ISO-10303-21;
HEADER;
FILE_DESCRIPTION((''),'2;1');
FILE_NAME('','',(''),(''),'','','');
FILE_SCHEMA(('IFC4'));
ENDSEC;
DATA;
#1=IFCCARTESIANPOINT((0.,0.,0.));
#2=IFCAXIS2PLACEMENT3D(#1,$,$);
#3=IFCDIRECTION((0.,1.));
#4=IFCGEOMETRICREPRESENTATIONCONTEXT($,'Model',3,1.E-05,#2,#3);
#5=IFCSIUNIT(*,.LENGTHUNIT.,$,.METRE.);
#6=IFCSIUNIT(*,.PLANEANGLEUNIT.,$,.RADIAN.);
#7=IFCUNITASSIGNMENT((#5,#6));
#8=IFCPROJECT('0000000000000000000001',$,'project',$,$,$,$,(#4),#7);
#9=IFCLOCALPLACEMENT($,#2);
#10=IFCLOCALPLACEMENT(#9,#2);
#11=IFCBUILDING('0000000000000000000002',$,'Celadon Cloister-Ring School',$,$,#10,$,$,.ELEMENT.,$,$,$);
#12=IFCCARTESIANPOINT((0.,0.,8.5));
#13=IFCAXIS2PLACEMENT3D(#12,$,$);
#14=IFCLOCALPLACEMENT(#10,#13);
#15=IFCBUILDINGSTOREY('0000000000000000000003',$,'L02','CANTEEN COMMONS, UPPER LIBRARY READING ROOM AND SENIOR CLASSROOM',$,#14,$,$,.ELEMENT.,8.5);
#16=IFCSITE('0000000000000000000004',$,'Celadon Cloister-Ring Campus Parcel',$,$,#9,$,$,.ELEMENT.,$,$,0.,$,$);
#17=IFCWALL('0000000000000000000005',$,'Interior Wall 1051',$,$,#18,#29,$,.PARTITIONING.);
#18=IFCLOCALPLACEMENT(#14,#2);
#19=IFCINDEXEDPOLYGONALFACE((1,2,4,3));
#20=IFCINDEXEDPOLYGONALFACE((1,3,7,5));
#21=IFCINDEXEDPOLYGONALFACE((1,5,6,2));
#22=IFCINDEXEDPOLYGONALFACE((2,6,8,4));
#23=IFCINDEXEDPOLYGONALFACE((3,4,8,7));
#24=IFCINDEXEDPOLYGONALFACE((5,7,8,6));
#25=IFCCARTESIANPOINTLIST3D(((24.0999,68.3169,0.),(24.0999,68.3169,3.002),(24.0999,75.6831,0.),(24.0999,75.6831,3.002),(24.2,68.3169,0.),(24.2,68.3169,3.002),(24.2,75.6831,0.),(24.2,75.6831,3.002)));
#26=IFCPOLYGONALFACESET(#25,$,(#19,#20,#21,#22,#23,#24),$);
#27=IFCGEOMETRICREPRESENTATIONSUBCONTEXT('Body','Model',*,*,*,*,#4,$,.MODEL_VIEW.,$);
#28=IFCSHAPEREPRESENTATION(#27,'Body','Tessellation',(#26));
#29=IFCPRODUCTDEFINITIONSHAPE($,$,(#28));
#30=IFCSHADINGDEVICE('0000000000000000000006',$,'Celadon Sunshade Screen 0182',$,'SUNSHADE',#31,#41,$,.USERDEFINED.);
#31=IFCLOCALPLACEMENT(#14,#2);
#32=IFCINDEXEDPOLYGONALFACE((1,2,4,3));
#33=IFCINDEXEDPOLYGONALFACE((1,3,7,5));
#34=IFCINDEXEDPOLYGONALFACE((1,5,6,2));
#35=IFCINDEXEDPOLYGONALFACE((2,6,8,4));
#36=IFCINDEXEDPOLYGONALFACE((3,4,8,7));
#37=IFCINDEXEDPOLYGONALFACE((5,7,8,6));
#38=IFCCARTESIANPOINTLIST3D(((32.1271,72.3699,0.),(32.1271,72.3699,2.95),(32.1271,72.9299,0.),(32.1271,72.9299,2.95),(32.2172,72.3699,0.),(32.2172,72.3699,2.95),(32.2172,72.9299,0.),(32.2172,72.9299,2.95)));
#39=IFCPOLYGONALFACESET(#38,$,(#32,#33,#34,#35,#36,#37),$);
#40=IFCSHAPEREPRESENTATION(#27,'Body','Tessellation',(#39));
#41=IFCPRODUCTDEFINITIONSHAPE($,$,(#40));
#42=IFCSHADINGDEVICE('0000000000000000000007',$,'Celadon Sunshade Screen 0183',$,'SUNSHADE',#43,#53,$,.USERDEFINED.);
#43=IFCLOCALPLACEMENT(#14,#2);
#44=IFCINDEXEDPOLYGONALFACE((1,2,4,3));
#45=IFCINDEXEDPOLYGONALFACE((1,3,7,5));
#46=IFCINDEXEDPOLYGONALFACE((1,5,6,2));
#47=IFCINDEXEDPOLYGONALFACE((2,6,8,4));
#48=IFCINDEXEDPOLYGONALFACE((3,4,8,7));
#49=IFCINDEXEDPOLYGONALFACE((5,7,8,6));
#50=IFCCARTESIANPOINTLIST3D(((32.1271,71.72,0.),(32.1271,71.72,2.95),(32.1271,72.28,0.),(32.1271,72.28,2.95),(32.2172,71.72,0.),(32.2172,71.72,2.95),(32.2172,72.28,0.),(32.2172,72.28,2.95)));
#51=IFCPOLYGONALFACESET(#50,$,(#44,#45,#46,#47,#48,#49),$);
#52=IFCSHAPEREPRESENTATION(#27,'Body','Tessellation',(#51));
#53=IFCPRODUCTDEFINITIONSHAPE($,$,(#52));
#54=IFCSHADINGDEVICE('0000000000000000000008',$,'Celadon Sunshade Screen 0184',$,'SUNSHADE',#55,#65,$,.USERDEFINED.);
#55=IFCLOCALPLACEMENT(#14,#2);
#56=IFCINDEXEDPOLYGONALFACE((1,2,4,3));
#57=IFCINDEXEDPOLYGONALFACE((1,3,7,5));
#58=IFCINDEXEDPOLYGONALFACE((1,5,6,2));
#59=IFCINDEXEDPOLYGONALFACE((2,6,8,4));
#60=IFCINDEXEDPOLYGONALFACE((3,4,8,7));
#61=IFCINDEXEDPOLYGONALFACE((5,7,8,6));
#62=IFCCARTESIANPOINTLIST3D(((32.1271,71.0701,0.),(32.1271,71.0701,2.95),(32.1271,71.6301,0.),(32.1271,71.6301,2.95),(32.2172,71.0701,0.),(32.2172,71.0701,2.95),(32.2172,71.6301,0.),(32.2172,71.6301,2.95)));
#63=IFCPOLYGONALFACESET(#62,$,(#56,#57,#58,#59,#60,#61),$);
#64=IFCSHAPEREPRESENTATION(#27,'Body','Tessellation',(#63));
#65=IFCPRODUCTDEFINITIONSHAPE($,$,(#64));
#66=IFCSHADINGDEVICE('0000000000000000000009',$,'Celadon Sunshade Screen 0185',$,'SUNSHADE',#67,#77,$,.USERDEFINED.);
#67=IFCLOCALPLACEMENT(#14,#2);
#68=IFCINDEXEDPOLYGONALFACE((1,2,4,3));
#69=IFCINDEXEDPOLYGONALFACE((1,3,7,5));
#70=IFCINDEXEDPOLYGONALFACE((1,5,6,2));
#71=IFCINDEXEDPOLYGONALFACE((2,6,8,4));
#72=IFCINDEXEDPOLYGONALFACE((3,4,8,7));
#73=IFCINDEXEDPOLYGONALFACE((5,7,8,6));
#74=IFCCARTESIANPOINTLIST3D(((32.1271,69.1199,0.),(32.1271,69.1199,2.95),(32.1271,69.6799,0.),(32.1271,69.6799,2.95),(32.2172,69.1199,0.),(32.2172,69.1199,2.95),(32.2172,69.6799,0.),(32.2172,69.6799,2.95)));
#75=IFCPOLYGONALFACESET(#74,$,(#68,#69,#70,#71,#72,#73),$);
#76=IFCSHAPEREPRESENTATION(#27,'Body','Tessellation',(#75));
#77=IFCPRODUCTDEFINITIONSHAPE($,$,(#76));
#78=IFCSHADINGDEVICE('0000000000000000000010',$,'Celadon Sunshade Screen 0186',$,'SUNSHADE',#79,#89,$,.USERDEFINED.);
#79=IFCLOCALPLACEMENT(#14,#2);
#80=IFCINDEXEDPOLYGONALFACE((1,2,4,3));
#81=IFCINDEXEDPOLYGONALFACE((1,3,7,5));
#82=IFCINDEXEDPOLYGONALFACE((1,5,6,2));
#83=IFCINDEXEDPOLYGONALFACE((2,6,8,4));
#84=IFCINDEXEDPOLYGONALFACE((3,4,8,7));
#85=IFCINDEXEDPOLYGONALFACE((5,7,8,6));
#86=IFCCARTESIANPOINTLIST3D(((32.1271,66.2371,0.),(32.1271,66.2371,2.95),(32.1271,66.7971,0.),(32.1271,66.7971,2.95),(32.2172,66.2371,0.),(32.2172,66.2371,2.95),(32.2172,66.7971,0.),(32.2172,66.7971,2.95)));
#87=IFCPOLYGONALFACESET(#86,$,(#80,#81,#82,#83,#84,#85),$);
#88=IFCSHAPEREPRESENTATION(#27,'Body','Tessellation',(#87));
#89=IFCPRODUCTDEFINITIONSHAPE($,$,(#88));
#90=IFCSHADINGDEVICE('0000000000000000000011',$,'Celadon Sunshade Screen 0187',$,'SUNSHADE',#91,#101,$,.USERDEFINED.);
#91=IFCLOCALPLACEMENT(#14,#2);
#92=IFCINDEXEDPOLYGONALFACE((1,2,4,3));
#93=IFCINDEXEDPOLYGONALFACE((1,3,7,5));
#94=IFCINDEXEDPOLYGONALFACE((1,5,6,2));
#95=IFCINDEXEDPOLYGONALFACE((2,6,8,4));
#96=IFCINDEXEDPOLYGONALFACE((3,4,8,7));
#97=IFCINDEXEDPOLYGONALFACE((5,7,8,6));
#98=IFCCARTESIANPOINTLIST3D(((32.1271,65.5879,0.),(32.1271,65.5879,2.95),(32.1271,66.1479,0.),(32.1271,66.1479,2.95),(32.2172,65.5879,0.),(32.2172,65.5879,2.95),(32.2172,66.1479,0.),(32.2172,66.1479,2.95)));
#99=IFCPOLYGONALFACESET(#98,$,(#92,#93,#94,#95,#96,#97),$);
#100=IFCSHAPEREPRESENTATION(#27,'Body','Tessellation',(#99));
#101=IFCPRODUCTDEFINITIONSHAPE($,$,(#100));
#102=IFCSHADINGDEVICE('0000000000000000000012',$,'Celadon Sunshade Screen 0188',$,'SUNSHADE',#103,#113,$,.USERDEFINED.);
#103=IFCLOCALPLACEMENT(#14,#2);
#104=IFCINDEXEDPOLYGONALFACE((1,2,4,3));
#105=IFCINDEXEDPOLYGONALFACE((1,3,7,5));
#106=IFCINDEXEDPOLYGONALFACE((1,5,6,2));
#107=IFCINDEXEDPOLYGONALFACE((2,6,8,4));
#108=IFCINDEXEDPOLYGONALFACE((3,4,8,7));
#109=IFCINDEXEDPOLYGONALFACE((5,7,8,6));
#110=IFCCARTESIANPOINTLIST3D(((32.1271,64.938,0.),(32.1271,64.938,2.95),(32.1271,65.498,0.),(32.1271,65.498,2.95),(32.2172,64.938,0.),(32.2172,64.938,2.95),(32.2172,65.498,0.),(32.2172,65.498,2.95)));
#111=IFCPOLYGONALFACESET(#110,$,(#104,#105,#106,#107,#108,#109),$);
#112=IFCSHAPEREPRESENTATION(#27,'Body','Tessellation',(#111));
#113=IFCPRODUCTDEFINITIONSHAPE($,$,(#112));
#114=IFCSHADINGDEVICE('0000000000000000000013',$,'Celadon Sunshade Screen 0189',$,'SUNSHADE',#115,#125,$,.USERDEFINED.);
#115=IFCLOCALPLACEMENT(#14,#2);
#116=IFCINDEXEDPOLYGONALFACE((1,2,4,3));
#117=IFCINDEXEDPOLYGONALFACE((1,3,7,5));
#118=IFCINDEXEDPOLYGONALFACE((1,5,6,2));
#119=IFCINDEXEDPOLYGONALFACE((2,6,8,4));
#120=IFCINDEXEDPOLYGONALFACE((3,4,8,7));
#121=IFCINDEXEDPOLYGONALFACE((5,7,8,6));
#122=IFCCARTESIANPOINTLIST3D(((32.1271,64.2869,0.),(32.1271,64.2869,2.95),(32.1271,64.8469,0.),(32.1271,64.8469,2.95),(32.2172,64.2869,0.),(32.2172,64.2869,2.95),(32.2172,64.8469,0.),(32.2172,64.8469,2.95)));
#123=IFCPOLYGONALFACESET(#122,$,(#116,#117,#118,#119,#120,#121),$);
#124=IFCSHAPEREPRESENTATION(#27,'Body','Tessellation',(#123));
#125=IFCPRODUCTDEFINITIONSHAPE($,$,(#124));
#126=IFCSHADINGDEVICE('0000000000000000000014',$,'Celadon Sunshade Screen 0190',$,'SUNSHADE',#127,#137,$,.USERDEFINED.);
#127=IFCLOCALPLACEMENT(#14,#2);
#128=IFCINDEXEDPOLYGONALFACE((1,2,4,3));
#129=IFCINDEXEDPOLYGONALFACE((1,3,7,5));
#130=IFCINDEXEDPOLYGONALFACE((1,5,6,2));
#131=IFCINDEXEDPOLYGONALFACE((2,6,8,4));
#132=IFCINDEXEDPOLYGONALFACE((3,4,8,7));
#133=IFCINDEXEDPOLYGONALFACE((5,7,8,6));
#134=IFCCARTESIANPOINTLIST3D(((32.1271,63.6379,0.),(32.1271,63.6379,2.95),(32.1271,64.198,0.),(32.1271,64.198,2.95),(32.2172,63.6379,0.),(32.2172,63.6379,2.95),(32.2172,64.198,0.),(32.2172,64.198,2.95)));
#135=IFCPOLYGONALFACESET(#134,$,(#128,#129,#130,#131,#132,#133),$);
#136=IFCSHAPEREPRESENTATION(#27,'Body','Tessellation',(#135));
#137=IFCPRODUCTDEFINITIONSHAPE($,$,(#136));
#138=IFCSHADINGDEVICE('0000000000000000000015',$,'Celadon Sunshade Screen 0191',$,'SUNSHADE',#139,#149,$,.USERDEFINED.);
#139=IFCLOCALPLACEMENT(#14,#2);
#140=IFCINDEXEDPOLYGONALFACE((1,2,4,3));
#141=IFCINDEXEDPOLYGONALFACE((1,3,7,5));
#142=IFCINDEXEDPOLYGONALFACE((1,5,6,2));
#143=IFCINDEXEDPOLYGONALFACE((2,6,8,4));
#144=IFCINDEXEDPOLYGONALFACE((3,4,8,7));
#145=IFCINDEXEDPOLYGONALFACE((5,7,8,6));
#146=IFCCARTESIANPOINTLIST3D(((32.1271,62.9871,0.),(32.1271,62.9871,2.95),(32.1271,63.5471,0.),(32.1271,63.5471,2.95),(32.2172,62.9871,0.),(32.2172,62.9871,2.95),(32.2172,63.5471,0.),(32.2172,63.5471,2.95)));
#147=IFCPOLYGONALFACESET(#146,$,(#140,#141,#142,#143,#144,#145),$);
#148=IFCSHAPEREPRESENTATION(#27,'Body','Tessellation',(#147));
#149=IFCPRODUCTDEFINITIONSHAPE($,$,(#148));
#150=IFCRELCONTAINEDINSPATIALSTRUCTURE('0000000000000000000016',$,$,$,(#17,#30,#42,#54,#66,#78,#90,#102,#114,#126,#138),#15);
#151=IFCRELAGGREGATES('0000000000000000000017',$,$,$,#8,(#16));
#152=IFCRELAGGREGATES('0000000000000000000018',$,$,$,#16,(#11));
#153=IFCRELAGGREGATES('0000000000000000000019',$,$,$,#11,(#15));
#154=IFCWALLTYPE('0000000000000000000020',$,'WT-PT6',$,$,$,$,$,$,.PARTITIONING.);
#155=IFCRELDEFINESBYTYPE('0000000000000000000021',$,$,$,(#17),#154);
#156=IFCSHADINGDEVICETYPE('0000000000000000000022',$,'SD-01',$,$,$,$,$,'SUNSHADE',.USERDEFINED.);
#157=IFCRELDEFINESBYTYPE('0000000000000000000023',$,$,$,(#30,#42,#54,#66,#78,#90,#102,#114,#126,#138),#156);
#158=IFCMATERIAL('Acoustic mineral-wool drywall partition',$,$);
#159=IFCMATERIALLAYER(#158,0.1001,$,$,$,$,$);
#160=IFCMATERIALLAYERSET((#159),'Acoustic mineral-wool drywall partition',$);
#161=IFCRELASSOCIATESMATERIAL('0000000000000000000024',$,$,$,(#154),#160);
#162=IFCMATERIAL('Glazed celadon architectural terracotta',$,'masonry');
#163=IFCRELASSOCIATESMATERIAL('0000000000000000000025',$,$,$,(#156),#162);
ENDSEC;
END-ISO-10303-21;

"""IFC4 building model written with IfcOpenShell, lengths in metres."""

from ifc_helpers import new_model, si_unit, direction, frame, frame_2d, origin, origin_2d, place, context, subcontext, project, spatial, rectangle, extrude, material, layer, layer_set, type_object, element, save


model = new_model("IFC4")

# Units and contexts
model_context = context("Model", 3, precision=1e-05, world=origin(), true_north=direction((0.0, 1.0)))
body_context = subcontext(model_context, "Body", "Model", "MODEL_VIEW")
ifc_project = project(units=[si_unit("LENGTHUNIT", "METRE"), si_unit("PLANEANGLEUNIT", "RADIAN")], contexts=[model_context])

# Site, building, storey
site_placement = place(None, origin())
site = spatial("IfcSite", under=ifc_project, at=site_placement, Name="Celadon Cloister-Ring Campus Parcel", CompositionType="ELEMENT", RefElevation=0.0)
building_placement = place(site_placement, origin())
building = spatial("IfcBuilding", under=site, at=building_placement, Name="Celadon Cloister-Ring School", CompositionType="ELEMENT")
storey_placement = place(building_placement, frame((0.0, 0.0, 8.5)))
storey = spatial("IfcBuildingStorey", under=building, at=storey_placement, Name="L02", Description="CANTEEN COMMONS, UPPER LIBRARY READING ROOM AND SENIOR CLASSROOM", CompositionType="ELEMENT", Elevation=8.5)

# Shared definitions
ifc_material_1 = material(Name="Acoustic mineral-wool drywall partition")
ifc_layer_1 = layer(ifc_material_1, 0.1001)
ifc_layer_set_1 = layer_set([ifc_layer_1], Name="Acoustic mineral-wool drywall partition")
wall_type_1 = type_object("IfcWallType", Name="WT-PT6", PredefinedType="PARTITIONING", material=ifc_layer_set_1)

# Wall
wall_1_placement = place(storey_placement, frame((24.1499, 68.3169, 0.0), z_axis=(0.0, 0.0, 1.0), x_axis=(0.0, 1.0, 0.0)))
element("IfcWall", 1, at=wall_1_placement, inside=storey, type_object=wall_type_1, Name="Interior Wall 1051", PredefinedType="PARTITIONING", context=body_context, shape_type="SweptSolid", body=[
    extrude(rectangle(XDim=7.3662, YDim=0.1001, at=frame_2d((3.6831, 0.0))), origin(), (0.0, 0.0, 1.0), 3.002),
])

# Shading devices
ifc_material_2 = material(Name="Glazed celadon architectural terracotta", Category="masonry")
shading_device_type = type_object("IfcShadingDeviceType", Name="SD-01", ElementType="SUNSHADE", PredefinedType="USERDEFINED", material=ifc_material_2)
for number, where, z_axis, x_axis, name in (
    (2, (32.1721, 72.6499, 0.0), (0.0, 0.0, 1.0), (0.0, -1.0, 0.0), "Celadon Sunshade Screen 0182"),
    (3, (32.1721, 72.0, 0.0), (0.0, 0.0, 1.0), (0.0, -1.0, 0.0), "Celadon Sunshade Screen 0183"),
    (4, (32.1721, 71.3501, 0.0), (0.0, 0.0, 1.0), (0.0, -1.0, 0.0), "Celadon Sunshade Screen 0184"),
    (5, (32.1721, 69.3999, 0.0), (0.0, 0.0, 1.0), (0.0, -1.0, 0.0), "Celadon Sunshade Screen 0185"),
    (6, (32.1721, 66.5171, 0.0), (0.0, 0.0, 1.0), (0.0, -1.0, 0.0), "Celadon Sunshade Screen 0186"),
    (7, (32.1721, 65.8679, 0.0), (0.0, 0.0, 1.0), (0.0, -1.0, 0.0), "Celadon Sunshade Screen 0187"),
    (8, (32.1721, 65.218, 0.0), (0.0, 0.0, 1.0), (0.0, -1.0, 0.0), "Celadon Sunshade Screen 0188"),
    (9, (32.1721, 64.5669, 0.0), (0.0, 0.0, 1.0), (0.0, -1.0, 0.0), "Celadon Sunshade Screen 0189"),
    (10, (32.1721, 63.918, 0.0), (0.0, 0.0, 1.0), (0.0, -1.0, 0.0), "Celadon Sunshade Screen 0190"),
    (11, (32.1721, 63.2671, 0.0), (0.0, 0.0, 1.0), (0.0, -1.0, 0.0), "Celadon Sunshade Screen 0191"),
):
    element("IfcShadingDevice", number, at=place(storey_placement, frame(where, z_axis=z_axis, x_axis=x_axis)), inside=storey, type_object=shading_device_type, Name=name, ObjectType="SUNSHADE", PredefinedType="USERDEFINED", context=body_context, shape_type="SweptSolid", body=[
        extrude(rectangle(XDim=0.5601, YDim=0.0901, at=origin_2d()), origin(), (0.0, 0.0, 1.0), 2.95),
    ])

save(model, "model.ifc")
